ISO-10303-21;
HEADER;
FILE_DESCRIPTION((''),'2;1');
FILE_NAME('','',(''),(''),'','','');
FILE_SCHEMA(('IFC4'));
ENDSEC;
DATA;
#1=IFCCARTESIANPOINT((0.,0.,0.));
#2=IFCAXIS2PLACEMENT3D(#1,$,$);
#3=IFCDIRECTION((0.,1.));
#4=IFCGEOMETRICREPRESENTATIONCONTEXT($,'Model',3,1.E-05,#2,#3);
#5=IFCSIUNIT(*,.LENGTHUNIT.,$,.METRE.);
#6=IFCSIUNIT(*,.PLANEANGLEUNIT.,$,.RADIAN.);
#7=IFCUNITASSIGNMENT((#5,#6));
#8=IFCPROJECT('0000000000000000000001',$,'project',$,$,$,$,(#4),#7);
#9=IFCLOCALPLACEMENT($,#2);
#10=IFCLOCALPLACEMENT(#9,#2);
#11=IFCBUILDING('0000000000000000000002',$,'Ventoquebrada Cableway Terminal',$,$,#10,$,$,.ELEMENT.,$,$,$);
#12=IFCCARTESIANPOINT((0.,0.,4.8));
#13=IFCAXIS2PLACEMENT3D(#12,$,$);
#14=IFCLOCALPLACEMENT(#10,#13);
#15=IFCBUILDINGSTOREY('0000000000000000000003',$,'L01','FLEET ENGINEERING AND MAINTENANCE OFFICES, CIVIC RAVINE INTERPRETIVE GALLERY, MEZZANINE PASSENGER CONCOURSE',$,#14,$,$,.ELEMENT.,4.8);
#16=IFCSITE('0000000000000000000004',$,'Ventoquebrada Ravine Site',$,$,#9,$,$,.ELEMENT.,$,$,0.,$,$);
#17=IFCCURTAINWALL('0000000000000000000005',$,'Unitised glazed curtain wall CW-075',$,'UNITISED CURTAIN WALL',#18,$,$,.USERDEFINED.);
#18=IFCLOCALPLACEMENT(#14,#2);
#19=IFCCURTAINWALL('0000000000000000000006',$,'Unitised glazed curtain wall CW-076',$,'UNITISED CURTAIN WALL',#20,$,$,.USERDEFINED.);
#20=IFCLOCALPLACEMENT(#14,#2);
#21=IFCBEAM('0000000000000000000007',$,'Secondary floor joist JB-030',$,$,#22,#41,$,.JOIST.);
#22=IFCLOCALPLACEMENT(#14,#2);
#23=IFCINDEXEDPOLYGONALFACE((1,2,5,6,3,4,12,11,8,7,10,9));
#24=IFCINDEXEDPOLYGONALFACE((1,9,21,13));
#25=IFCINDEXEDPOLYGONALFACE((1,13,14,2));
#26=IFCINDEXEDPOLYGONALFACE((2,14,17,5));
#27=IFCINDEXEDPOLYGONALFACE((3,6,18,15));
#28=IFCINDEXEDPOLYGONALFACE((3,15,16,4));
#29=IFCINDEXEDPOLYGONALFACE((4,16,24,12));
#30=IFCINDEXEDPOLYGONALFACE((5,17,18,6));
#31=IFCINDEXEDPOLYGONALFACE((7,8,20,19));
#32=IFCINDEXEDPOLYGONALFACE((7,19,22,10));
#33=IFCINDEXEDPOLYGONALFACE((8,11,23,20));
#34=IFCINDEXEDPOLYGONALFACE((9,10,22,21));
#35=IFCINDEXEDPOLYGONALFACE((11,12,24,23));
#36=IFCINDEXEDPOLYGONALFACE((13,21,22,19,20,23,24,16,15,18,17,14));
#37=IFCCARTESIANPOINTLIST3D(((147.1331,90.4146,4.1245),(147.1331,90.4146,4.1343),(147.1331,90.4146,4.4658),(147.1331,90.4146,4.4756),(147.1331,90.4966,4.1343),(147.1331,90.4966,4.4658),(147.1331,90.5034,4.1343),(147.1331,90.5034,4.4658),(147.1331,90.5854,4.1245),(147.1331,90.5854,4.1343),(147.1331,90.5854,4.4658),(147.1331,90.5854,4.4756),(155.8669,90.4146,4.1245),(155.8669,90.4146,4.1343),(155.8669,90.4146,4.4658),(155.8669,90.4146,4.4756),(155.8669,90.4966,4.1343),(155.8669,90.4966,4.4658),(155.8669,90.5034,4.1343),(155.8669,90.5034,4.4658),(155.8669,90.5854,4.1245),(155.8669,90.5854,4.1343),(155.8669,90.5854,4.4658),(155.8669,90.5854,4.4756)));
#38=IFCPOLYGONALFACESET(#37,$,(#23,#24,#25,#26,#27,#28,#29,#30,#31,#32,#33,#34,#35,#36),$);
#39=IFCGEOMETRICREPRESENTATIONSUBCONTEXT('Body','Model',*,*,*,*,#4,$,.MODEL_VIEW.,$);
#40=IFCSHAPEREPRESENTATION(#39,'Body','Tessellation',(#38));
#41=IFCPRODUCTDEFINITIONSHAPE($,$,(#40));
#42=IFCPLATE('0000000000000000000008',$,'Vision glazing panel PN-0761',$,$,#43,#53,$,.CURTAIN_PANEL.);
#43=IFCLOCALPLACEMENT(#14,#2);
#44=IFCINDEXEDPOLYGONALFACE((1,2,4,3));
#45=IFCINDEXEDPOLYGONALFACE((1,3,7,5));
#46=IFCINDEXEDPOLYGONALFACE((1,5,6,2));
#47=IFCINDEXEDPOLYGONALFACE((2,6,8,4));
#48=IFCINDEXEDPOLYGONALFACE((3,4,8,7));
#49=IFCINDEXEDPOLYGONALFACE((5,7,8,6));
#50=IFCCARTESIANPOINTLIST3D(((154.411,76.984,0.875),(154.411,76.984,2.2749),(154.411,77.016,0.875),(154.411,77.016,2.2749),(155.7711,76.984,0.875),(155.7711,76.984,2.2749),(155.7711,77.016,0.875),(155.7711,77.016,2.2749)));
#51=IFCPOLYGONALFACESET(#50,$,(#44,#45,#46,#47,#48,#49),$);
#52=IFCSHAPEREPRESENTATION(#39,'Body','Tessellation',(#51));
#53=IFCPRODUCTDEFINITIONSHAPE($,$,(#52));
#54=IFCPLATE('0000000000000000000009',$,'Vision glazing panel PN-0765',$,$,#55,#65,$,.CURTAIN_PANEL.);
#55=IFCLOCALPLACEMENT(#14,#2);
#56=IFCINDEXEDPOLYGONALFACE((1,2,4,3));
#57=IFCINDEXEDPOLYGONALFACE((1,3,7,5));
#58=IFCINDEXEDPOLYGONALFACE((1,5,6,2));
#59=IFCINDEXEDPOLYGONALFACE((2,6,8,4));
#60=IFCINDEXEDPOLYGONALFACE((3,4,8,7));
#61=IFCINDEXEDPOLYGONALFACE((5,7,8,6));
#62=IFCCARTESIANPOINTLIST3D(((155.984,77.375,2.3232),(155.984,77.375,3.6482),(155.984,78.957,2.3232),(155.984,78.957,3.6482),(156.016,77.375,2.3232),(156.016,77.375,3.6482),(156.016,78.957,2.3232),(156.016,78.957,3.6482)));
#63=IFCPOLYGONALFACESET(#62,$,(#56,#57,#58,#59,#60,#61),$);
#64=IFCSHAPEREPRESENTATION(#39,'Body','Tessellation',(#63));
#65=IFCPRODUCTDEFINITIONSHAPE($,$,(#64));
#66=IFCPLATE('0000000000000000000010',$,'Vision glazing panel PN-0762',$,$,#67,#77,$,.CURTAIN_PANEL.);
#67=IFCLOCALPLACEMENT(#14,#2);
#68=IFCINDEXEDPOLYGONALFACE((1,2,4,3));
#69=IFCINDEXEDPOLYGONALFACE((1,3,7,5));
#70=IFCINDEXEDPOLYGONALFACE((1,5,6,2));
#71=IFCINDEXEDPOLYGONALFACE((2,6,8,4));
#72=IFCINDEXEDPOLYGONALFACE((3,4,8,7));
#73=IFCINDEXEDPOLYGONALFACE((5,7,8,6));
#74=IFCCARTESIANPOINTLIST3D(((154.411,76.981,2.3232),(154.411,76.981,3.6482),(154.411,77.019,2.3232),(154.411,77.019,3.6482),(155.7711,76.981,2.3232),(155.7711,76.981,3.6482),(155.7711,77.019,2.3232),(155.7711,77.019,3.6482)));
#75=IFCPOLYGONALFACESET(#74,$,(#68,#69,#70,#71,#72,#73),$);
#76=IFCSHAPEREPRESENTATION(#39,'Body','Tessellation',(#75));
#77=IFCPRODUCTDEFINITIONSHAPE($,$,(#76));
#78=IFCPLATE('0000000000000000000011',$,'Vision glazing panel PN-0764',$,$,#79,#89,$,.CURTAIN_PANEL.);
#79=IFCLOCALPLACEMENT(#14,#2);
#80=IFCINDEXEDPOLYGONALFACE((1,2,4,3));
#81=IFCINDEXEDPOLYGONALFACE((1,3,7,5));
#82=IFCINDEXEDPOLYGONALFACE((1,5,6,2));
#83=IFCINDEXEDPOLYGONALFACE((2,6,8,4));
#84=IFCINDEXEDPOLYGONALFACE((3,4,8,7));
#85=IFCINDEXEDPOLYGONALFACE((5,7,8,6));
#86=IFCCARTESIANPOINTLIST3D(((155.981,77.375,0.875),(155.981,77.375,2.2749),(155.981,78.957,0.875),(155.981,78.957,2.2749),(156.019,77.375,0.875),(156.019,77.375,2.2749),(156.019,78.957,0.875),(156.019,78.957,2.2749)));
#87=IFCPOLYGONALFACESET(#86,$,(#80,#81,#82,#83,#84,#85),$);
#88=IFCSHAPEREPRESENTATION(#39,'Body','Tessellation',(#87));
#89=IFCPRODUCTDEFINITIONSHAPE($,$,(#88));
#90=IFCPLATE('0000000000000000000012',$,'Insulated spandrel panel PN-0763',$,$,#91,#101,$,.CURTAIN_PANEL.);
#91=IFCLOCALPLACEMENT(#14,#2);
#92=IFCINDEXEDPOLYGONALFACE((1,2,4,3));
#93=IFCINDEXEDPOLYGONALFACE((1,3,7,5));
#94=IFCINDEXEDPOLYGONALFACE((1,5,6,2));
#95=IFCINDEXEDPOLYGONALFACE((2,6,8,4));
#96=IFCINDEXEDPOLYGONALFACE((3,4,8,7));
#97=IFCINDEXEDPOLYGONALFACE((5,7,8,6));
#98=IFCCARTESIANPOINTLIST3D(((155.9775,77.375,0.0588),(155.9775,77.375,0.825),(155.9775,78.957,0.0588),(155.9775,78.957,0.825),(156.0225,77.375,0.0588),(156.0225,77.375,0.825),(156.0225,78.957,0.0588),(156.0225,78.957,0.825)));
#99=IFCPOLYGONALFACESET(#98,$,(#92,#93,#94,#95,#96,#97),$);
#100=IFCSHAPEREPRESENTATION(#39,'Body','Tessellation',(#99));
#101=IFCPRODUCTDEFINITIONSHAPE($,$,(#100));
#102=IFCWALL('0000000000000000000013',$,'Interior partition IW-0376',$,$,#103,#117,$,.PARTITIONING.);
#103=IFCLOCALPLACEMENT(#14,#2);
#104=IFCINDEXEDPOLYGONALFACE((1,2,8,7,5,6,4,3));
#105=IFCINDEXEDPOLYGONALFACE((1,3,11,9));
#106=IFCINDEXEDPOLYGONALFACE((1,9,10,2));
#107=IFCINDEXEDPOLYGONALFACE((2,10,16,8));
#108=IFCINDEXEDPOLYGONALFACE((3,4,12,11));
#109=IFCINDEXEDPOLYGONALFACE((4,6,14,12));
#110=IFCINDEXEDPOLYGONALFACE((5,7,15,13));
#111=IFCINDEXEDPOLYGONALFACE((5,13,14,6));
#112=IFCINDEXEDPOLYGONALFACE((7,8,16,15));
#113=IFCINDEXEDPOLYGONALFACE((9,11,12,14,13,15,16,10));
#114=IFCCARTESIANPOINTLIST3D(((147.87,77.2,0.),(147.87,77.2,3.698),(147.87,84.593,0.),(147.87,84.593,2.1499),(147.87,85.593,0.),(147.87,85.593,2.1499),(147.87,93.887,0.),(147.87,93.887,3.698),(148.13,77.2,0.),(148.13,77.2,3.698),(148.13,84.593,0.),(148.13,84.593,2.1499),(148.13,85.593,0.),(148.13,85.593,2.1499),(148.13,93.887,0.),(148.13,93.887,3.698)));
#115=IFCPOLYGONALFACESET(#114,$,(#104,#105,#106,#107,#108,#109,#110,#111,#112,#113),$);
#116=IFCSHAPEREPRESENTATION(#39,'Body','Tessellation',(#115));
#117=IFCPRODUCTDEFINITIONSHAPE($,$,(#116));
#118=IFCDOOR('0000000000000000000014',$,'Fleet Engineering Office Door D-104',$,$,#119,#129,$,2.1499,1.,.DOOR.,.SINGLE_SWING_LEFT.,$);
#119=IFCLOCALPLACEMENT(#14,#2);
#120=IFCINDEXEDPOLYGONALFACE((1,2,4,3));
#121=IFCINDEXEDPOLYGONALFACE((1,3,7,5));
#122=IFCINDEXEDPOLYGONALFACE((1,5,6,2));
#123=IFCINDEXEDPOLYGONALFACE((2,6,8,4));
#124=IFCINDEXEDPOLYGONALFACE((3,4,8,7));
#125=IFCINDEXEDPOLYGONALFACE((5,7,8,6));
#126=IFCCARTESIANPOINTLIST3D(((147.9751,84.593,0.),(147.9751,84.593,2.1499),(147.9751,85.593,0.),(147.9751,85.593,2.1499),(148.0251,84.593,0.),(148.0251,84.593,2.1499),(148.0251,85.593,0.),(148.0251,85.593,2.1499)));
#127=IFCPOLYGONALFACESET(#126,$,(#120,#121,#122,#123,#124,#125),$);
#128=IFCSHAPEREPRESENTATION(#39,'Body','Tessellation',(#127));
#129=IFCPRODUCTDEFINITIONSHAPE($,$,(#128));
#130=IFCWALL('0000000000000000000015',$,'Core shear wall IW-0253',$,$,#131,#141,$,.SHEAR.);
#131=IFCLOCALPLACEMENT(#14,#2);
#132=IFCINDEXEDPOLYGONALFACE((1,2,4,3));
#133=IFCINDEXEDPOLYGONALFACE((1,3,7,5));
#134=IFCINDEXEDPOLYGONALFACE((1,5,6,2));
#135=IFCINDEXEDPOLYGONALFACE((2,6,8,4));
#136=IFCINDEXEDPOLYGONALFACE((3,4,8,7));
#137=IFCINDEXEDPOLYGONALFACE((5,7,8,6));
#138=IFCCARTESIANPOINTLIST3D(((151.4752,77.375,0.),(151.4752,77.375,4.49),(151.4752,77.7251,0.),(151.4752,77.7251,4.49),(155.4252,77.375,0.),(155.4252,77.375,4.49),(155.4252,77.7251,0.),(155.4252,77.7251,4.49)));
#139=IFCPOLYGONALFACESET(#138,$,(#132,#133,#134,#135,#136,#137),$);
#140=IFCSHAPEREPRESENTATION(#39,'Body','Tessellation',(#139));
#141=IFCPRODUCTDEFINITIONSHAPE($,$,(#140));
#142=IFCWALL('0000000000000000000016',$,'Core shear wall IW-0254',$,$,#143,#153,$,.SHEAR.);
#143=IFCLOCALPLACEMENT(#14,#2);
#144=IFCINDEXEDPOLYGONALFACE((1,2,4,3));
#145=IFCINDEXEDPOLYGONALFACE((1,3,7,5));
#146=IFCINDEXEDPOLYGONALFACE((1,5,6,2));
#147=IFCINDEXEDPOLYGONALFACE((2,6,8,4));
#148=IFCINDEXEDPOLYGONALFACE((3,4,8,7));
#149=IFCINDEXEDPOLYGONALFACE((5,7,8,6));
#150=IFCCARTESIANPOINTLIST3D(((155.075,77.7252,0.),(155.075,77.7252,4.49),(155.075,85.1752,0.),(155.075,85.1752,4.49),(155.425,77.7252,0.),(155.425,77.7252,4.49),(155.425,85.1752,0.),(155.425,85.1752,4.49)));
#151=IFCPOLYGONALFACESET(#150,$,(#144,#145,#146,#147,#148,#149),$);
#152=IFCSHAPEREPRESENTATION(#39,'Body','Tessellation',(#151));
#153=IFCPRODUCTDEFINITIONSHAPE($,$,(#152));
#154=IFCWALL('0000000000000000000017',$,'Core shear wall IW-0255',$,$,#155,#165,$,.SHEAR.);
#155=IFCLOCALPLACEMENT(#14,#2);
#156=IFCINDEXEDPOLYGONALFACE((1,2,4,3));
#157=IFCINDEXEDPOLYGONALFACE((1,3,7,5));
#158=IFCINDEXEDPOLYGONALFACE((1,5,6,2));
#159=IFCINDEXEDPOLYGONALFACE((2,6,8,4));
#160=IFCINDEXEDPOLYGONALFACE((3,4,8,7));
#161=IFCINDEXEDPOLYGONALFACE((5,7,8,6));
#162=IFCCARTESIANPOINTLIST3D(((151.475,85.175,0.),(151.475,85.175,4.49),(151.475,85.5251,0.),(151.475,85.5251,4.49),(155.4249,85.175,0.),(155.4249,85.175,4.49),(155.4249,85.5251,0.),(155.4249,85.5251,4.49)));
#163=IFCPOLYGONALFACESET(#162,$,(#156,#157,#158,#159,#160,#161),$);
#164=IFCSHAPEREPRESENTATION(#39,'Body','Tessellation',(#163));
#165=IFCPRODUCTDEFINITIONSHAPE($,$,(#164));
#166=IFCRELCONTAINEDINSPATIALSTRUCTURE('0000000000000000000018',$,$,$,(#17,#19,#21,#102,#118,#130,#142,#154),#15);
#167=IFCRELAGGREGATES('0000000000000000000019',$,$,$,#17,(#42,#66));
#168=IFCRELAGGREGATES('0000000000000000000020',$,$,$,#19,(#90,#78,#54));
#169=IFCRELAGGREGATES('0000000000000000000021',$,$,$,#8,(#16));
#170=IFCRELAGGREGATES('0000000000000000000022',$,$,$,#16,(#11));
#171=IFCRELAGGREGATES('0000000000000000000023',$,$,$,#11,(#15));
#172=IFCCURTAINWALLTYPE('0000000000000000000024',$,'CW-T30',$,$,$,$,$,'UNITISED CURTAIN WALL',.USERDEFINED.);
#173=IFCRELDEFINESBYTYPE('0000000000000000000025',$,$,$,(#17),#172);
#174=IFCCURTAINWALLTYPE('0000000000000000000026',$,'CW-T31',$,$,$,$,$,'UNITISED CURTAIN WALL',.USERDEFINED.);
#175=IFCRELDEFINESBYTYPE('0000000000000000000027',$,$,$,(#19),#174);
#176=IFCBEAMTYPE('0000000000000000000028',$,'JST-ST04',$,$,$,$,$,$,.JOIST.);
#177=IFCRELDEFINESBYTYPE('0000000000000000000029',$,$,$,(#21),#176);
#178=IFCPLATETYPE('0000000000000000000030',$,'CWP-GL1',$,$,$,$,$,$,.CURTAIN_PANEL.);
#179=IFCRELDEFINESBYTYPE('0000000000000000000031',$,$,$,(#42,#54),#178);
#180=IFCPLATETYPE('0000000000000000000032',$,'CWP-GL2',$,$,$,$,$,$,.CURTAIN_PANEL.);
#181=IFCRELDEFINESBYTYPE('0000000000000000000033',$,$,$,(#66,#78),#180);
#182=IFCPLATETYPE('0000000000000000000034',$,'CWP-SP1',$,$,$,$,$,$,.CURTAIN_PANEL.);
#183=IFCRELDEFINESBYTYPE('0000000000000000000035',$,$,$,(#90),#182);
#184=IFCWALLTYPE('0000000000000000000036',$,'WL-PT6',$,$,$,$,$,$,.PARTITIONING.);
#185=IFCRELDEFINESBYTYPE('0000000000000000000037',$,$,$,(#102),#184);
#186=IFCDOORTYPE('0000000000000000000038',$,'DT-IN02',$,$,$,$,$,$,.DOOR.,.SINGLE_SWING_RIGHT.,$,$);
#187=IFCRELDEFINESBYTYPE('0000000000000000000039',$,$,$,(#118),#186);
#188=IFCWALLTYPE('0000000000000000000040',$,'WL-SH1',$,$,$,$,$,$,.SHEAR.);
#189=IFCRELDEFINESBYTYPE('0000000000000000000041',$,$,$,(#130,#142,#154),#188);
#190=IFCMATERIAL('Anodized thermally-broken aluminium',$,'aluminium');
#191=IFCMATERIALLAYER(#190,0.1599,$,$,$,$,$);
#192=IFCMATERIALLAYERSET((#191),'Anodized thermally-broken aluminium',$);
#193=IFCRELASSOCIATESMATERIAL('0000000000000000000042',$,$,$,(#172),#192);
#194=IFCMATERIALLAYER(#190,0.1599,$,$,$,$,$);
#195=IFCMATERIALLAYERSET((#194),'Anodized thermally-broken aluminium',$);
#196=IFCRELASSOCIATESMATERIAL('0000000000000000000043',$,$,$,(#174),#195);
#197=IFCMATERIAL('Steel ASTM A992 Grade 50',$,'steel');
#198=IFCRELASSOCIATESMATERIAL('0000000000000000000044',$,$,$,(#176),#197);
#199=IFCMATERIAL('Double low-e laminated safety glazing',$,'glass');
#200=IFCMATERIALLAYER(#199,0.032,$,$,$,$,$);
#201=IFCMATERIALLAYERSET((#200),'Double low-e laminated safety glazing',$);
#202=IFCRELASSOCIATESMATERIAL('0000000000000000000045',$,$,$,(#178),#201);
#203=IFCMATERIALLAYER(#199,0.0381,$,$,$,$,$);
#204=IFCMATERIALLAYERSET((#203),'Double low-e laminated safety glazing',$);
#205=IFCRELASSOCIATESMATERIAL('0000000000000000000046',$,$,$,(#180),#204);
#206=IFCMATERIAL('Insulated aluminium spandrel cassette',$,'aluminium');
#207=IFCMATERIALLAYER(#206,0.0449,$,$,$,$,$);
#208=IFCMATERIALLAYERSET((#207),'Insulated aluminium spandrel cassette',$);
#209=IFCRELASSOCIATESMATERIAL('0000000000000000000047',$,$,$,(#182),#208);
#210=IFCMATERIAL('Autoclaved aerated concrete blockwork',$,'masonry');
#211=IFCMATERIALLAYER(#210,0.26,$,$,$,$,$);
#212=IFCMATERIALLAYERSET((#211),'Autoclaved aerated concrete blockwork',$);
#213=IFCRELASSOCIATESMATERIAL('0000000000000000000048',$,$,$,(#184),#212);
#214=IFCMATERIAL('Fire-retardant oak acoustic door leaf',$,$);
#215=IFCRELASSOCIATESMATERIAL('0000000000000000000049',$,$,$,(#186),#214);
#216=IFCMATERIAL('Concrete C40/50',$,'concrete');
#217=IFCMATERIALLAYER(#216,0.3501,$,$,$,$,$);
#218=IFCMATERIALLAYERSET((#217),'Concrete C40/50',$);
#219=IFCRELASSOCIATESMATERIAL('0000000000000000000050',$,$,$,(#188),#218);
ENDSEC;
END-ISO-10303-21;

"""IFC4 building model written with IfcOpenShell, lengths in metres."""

from ifc_helpers import new_model, si_unit, direction, frame, frame_2d, origin, origin_2d, place, context, subcontext, project, spatial, rectangle, i_section, extrude, material, layer, layer_set, material_profile, profile_set, type_object, element, fill, aggregate, save


model = new_model("IFC4")

# Units and contexts
model_context = context("Model", 3, precision=1e-05, world=origin(), true_north=direction((0.0, 1.0)))
body_context = subcontext(model_context, "Body", "Model", "MODEL_VIEW")
ifc_project = project(units=[si_unit("LENGTHUNIT", "METRE"), si_unit("PLANEANGLEUNIT", "RADIAN")], contexts=[model_context])

# Site, building, storey
site_placement = place(None, origin())
site = spatial("IfcSite", under=ifc_project, at=site_placement, Name="Ventoquebrada Ravine Site", CompositionType="ELEMENT", RefElevation=0.0)
building_placement = place(site_placement, origin())
building = spatial("IfcBuilding", under=site, at=building_placement, Name="Ventoquebrada Cableway Terminal", CompositionType="ELEMENT")
storey_placement = place(building_placement, frame((0.0, 0.0, 4.8)))
storey = spatial("IfcBuildingStorey", under=building, at=storey_placement, Name="L01", Description="FLEET ENGINEERING AND MAINTENANCE OFFICES, CIVIC RAVINE INTERPRETIVE GALLERY, MEZZANINE PASSENGER CONCOURSE", CompositionType="ELEMENT", Elevation=4.8)

# Shared definitions
ifc_material_1 = material(Name="Steel ASTM A992 Grade 50", Category="steel")

# Curtain wall
ifc_material_2 = material(Name="Anodized thermally-broken aluminium", Category="aluminium")
ifc_layer_1 = layer(ifc_material_2, 0.1599)
ifc_layer_set_1 = layer_set([ifc_layer_1], Name="Anodized thermally-broken aluminium")
curtain_wall_type_1 = type_object("IfcCurtainWallType", Name="CW-T30", ElementType="UNITISED CURTAIN WALL", PredefinedType="USERDEFINED", material=ifc_layer_set_1)
curtain_wall_1_placement = place(storey_placement, origin())
curtain_wall_1 = element("IfcCurtainWall", 1, at=curtain_wall_1_placement, inside=storey, type_object=curtain_wall_type_1, Name="Unitised glazed curtain wall CW-075", ObjectType="UNITISED CURTAIN WALL", PredefinedType="USERDEFINED")

# Curtain wall
ifc_layer_2 = layer(ifc_material_2, 0.1599)
ifc_layer_set_2 = layer_set([ifc_layer_2], Name="Anodized thermally-broken aluminium")
curtain_wall_type_2 = type_object("IfcCurtainWallType", Name="CW-T31", ElementType="UNITISED CURTAIN WALL", PredefinedType="USERDEFINED", material=ifc_layer_set_2)
curtain_wall_2_placement = place(storey_placement, origin())
curtain_wall_2 = element("IfcCurtainWall", 2, at=curtain_wall_2_placement, inside=storey, type_object=curtain_wall_type_2, Name="Unitised glazed curtain wall CW-076", ObjectType="UNITISED CURTAIN WALL", PredefinedType="USERDEFINED")

# Beam
ifc_material_profile_1 = material_profile(ifc_material_1, i_section(OverallWidth=0.1709, OverallDepth=0.3511, WebThickness=0.0068, FlangeThickness=0.0098, at=origin_2d()), Name="W14X30")
ifc_profile_set_1 = profile_set([ifc_material_profile_1], Name="Steel ASTM A992 Grade 50")
beam_type_1 = type_object("IfcBeamType", Name="JST-ST04", PredefinedType="JOIST", material=ifc_profile_set_1)
for number, where, z_axis, x_axis, name in (
    (3, (147.1331, 90.5, 4.3), (1.0, 0.0, 0.0), (0.0, 1.0, 0.0), "Secondary floor joist JB-030"),
):
    element("IfcBeam", number, at=place(storey_placement, frame(where, z_axis=z_axis, x_axis=x_axis)), inside=storey, type_object=beam_type_1, Name=name, PredefinedType="JOIST", context=body_context, shape_type="SweptSolid", body=[
        extrude(i_section(OverallWidth=0.1709, OverallDepth=0.3511, WebThickness=0.0068, FlangeThickness=0.0098, at=origin_2d()), origin(), (0.0, 0.0, 1.0), 8.7339),
    ])

# Plates
ifc_material_3 = material(Name="Double low-e laminated safety glazing", Category="glass")
ifc_layer_3 = layer(ifc_material_3, 0.032)
ifc_layer_set_3 = layer_set([ifc_layer_3], Name="Double low-e laminated safety glazing")
plate_type_1 = type_object("IfcPlateType", Name="CWP-GL1", PredefinedType="CURTAIN_PANEL", material=ifc_layer_set_3)
plate_1_placement = place(storey_placement, frame((155.0911, 77.0, 0.875), z_axis=(0.0, 0.0, 1.0), x_axis=(1.0, 0.0, 0.0)))
plate_1 = element("IfcPlate", 4, at=plate_1_placement, type_object=plate_type_1, Name="Vision glazing panel PN-0761", PredefinedType="CURTAIN_PANEL", context=body_context, shape_type="SweptSolid", body=[
    extrude(rectangle(XDim=1.3601, YDim=0.032, at=origin_2d()), origin(), (0.0, 0.0, 1.0), 1.3999),
])
plate_2_placement = place(storey_placement, frame((156.0, 78.166, 2.3232), z_axis=(0.0, 0.0, 1.0), x_axis=(0.0, 1.0, 0.0)))
plate_2 = element("IfcPlate", 5, at=plate_2_placement, type_object=plate_type_1, Name="Vision glazing panel PN-0765", PredefinedType="CURTAIN_PANEL", context=body_context, shape_type="SweptSolid", body=[
    extrude(rectangle(XDim=1.582, YDim=0.032, at=origin_2d()), origin(), (0.0, 0.0, 1.0), 1.325),
])
ifc_layer_4 = layer(ifc_material_3, 0.0381)
ifc_layer_set_4 = layer_set([ifc_layer_4], Name="Double low-e laminated safety glazing")
plate_type_2 = type_object("IfcPlateType", Name="CWP-GL2", PredefinedType="CURTAIN_PANEL", material=ifc_layer_set_4)
plate_3_placement = place(storey_placement, frame((155.0911, 77.0, 2.3232), z_axis=(0.0, 0.0, 1.0), x_axis=(1.0, 0.0, 0.0)))
plate_3 = element("IfcPlate", 6, at=plate_3_placement, type_object=plate_type_2, Name="Vision glazing panel PN-0762", PredefinedType="CURTAIN_PANEL", context=body_context, shape_type="SweptSolid", body=[
    extrude(rectangle(XDim=1.3601, YDim=0.0381, at=origin_2d()), origin(), (0.0, 0.0, 1.0), 1.325),
])
aggregate(curtain_wall_1, [plate_1, plate_3])
plate_4_placement = place(storey_placement, frame((156.0, 78.166, 0.875), z_axis=(0.0, 0.0, 1.0), x_axis=(0.0, 1.0, 0.0)))
plate_4 = element("IfcPlate", 7, at=plate_4_placement, type_object=plate_type_2, Name="Vision glazing panel PN-0764", PredefinedType="CURTAIN_PANEL", context=body_context, shape_type="SweptSolid", body=[
    extrude(rectangle(XDim=1.582, YDim=0.0381, at=origin_2d()), origin(), (0.0, 0.0, 1.0), 1.3999),
])
ifc_material_4 = material(Name="Insulated aluminium spandrel cassette", Category="aluminium")
ifc_layer_5 = layer(ifc_material_4, 0.0449)
ifc_layer_set_5 = layer_set([ifc_layer_5], Name="Insulated aluminium spandrel cassette")
plate_type_3 = type_object("IfcPlateType", Name="CWP-SP1", PredefinedType="CURTAIN_PANEL", material=ifc_layer_set_5)
plate_5_placement = place(storey_placement, frame((156.0, 78.166, 0.0588), z_axis=(0.0, 0.0, 1.0), x_axis=(0.0, 1.0, 0.0)))
plate_5 = element("IfcPlate", 8, at=plate_5_placement, type_object=plate_type_3, Name="Insulated spandrel panel PN-0763", PredefinedType="CURTAIN_PANEL", context=body_context, shape_type="SweptSolid", body=[
    extrude(rectangle(XDim=1.582, YDim=0.0449, at=origin_2d()), origin(), (0.0, 0.0, 1.0), 0.7661),
])
aggregate(curtain_wall_2, [plate_5, plate_4, plate_2])

# Wall, opening, door
ifc_material_5 = material(Name="Autoclaved aerated concrete blockwork", Category="masonry")
ifc_layer_6 = layer(ifc_material_5, 0.26)
ifc_layer_set_6 = layer_set([ifc_layer_6], Name="Autoclaved aerated concrete blockwork")
wall_type_1 = type_object("IfcWallType", Name="WL-PT6", PredefinedType="PARTITIONING", material=ifc_layer_set_6)
wall_1_placement = place(storey_placement, frame((148.0, 77.2, 0.0), z_axis=(0.0, 0.0, 1.0), x_axis=(0.0, 1.0, 0.0)))
wall_1 = element("IfcWall", 9, at=wall_1_placement, inside=storey, type_object=wall_type_1, Name="Interior partition IW-0376", PredefinedType="PARTITIONING", context=body_context, shape_type="SweptSolid", body=[
    extrude(rectangle(XDim=16.687, YDim=0.26, at=frame_2d((8.3435, 0.0))), origin(), (0.0, 0.0, 1.0), 3.698),
])
opening_1_placement = place(wall_1_placement, frame((7.3931, 0.0, 0.0)))
opening_1 = element("IfcOpeningElement", 10, at=opening_1_placement, cuts=wall_1, PredefinedType="OPENING", context=body_context, shape_type="SweptSolid", body=[
    extrude(rectangle(XDim=1.0, YDim=2.1499, at=frame_2d((0.5, 1.075))), frame((0.0, 0.1399, 0.0), z_axis=(0.0, -1.0, 0.0), x_axis=(1.0, 0.0, 0.0)), (0.0, 0.0, 1.0), 0.28),
])
ifc_material_6 = material(Name="Fire-retardant oak acoustic door leaf")
door_type_1 = type_object("IfcDoorType", Name="DT-IN02", OperationType="SINGLE_SWING_RIGHT", PredefinedType="DOOR", material=ifc_material_6)
door_1_placement = place(opening_1_placement, origin())
door_1 = element("IfcDoor", 11, at=door_1_placement, inside=storey, type_object=door_type_1, Name="Fleet Engineering Office Door D-104", OperationType="SINGLE_SWING_LEFT", OverallHeight=2.1499, OverallWidth=1.0, PredefinedType="DOOR", context=body_context, shape_type="SweptSolid", body=[
    extrude(rectangle(XDim=1.0, YDim=2.1499, at=frame_2d((0.5, 1.075))), frame((0.0, 0.0249, 0.0), z_axis=(0.0, -1.0, 0.0), x_axis=(1.0, 0.0, 0.0)), (0.0, 0.0, 1.0), 0.05),
])
fill(opening_1, door_1)

# Walls
ifc_material_7 = material(Name="Concrete C40/50", Category="concrete")
ifc_layer_7 = layer(ifc_material_7, 0.3501)
ifc_layer_set_7 = layer_set([ifc_layer_7], Name="Concrete C40/50")
wall_type_2 = type_object("IfcWallType", Name="WL-SH1", PredefinedType="SHEAR", material=ifc_layer_set_7)
wall_2_placement = place(storey_placement, frame((151.4751, 77.55, 0.0), z_axis=(0.0, 0.0, 1.0), x_axis=(1.0, 0.0, 0.0)))
element("IfcWall", 12, at=wall_2_placement, inside=storey, type_object=wall_type_2, Name="Core shear wall IW-0253", PredefinedType="SHEAR", context=body_context, shape_type="SweptSolid", body=[
    extrude(rectangle(XDim=3.95, YDim=0.3501, at=frame_2d((1.9751, 0.0))), origin(), (0.0, 0.0, 1.0), 4.49),
])
wall_3_placement = place(storey_placement, frame((155.25, 77.7251, 0.0), z_axis=(0.0, 0.0, 1.0), x_axis=(0.0, 1.0, 0.0)))
element("IfcWall", 13, at=wall_3_placement, inside=storey, type_object=wall_type_2, Name="Core shear wall IW-0254", PredefinedType="SHEAR", context=body_context, shape_type="SweptSolid", body=[
    extrude(rectangle(XDim=7.45, YDim=0.3501, at=frame_2d((3.7251, 0.0))), origin(), (0.0, 0.0, 1.0), 4.49),
])
wall_4_placement = place(storey_placement, frame((155.425, 85.3501, 0.0), z_axis=(0.0, 0.0, 1.0), x_axis=(-1.0, 0.0, 0.0)))
element("IfcWall", 14, at=wall_4_placement, inside=storey, type_object=wall_type_2, Name="Core shear wall IW-0255", PredefinedType="SHEAR", context=body_context, shape_type="SweptSolid", body=[
    extrude(rectangle(XDim=3.95, YDim=0.3501, at=frame_2d((1.9751, 0.0))), origin(), (0.0, 0.0, 1.0), 4.49),
])

save(model, "model.ifc")
